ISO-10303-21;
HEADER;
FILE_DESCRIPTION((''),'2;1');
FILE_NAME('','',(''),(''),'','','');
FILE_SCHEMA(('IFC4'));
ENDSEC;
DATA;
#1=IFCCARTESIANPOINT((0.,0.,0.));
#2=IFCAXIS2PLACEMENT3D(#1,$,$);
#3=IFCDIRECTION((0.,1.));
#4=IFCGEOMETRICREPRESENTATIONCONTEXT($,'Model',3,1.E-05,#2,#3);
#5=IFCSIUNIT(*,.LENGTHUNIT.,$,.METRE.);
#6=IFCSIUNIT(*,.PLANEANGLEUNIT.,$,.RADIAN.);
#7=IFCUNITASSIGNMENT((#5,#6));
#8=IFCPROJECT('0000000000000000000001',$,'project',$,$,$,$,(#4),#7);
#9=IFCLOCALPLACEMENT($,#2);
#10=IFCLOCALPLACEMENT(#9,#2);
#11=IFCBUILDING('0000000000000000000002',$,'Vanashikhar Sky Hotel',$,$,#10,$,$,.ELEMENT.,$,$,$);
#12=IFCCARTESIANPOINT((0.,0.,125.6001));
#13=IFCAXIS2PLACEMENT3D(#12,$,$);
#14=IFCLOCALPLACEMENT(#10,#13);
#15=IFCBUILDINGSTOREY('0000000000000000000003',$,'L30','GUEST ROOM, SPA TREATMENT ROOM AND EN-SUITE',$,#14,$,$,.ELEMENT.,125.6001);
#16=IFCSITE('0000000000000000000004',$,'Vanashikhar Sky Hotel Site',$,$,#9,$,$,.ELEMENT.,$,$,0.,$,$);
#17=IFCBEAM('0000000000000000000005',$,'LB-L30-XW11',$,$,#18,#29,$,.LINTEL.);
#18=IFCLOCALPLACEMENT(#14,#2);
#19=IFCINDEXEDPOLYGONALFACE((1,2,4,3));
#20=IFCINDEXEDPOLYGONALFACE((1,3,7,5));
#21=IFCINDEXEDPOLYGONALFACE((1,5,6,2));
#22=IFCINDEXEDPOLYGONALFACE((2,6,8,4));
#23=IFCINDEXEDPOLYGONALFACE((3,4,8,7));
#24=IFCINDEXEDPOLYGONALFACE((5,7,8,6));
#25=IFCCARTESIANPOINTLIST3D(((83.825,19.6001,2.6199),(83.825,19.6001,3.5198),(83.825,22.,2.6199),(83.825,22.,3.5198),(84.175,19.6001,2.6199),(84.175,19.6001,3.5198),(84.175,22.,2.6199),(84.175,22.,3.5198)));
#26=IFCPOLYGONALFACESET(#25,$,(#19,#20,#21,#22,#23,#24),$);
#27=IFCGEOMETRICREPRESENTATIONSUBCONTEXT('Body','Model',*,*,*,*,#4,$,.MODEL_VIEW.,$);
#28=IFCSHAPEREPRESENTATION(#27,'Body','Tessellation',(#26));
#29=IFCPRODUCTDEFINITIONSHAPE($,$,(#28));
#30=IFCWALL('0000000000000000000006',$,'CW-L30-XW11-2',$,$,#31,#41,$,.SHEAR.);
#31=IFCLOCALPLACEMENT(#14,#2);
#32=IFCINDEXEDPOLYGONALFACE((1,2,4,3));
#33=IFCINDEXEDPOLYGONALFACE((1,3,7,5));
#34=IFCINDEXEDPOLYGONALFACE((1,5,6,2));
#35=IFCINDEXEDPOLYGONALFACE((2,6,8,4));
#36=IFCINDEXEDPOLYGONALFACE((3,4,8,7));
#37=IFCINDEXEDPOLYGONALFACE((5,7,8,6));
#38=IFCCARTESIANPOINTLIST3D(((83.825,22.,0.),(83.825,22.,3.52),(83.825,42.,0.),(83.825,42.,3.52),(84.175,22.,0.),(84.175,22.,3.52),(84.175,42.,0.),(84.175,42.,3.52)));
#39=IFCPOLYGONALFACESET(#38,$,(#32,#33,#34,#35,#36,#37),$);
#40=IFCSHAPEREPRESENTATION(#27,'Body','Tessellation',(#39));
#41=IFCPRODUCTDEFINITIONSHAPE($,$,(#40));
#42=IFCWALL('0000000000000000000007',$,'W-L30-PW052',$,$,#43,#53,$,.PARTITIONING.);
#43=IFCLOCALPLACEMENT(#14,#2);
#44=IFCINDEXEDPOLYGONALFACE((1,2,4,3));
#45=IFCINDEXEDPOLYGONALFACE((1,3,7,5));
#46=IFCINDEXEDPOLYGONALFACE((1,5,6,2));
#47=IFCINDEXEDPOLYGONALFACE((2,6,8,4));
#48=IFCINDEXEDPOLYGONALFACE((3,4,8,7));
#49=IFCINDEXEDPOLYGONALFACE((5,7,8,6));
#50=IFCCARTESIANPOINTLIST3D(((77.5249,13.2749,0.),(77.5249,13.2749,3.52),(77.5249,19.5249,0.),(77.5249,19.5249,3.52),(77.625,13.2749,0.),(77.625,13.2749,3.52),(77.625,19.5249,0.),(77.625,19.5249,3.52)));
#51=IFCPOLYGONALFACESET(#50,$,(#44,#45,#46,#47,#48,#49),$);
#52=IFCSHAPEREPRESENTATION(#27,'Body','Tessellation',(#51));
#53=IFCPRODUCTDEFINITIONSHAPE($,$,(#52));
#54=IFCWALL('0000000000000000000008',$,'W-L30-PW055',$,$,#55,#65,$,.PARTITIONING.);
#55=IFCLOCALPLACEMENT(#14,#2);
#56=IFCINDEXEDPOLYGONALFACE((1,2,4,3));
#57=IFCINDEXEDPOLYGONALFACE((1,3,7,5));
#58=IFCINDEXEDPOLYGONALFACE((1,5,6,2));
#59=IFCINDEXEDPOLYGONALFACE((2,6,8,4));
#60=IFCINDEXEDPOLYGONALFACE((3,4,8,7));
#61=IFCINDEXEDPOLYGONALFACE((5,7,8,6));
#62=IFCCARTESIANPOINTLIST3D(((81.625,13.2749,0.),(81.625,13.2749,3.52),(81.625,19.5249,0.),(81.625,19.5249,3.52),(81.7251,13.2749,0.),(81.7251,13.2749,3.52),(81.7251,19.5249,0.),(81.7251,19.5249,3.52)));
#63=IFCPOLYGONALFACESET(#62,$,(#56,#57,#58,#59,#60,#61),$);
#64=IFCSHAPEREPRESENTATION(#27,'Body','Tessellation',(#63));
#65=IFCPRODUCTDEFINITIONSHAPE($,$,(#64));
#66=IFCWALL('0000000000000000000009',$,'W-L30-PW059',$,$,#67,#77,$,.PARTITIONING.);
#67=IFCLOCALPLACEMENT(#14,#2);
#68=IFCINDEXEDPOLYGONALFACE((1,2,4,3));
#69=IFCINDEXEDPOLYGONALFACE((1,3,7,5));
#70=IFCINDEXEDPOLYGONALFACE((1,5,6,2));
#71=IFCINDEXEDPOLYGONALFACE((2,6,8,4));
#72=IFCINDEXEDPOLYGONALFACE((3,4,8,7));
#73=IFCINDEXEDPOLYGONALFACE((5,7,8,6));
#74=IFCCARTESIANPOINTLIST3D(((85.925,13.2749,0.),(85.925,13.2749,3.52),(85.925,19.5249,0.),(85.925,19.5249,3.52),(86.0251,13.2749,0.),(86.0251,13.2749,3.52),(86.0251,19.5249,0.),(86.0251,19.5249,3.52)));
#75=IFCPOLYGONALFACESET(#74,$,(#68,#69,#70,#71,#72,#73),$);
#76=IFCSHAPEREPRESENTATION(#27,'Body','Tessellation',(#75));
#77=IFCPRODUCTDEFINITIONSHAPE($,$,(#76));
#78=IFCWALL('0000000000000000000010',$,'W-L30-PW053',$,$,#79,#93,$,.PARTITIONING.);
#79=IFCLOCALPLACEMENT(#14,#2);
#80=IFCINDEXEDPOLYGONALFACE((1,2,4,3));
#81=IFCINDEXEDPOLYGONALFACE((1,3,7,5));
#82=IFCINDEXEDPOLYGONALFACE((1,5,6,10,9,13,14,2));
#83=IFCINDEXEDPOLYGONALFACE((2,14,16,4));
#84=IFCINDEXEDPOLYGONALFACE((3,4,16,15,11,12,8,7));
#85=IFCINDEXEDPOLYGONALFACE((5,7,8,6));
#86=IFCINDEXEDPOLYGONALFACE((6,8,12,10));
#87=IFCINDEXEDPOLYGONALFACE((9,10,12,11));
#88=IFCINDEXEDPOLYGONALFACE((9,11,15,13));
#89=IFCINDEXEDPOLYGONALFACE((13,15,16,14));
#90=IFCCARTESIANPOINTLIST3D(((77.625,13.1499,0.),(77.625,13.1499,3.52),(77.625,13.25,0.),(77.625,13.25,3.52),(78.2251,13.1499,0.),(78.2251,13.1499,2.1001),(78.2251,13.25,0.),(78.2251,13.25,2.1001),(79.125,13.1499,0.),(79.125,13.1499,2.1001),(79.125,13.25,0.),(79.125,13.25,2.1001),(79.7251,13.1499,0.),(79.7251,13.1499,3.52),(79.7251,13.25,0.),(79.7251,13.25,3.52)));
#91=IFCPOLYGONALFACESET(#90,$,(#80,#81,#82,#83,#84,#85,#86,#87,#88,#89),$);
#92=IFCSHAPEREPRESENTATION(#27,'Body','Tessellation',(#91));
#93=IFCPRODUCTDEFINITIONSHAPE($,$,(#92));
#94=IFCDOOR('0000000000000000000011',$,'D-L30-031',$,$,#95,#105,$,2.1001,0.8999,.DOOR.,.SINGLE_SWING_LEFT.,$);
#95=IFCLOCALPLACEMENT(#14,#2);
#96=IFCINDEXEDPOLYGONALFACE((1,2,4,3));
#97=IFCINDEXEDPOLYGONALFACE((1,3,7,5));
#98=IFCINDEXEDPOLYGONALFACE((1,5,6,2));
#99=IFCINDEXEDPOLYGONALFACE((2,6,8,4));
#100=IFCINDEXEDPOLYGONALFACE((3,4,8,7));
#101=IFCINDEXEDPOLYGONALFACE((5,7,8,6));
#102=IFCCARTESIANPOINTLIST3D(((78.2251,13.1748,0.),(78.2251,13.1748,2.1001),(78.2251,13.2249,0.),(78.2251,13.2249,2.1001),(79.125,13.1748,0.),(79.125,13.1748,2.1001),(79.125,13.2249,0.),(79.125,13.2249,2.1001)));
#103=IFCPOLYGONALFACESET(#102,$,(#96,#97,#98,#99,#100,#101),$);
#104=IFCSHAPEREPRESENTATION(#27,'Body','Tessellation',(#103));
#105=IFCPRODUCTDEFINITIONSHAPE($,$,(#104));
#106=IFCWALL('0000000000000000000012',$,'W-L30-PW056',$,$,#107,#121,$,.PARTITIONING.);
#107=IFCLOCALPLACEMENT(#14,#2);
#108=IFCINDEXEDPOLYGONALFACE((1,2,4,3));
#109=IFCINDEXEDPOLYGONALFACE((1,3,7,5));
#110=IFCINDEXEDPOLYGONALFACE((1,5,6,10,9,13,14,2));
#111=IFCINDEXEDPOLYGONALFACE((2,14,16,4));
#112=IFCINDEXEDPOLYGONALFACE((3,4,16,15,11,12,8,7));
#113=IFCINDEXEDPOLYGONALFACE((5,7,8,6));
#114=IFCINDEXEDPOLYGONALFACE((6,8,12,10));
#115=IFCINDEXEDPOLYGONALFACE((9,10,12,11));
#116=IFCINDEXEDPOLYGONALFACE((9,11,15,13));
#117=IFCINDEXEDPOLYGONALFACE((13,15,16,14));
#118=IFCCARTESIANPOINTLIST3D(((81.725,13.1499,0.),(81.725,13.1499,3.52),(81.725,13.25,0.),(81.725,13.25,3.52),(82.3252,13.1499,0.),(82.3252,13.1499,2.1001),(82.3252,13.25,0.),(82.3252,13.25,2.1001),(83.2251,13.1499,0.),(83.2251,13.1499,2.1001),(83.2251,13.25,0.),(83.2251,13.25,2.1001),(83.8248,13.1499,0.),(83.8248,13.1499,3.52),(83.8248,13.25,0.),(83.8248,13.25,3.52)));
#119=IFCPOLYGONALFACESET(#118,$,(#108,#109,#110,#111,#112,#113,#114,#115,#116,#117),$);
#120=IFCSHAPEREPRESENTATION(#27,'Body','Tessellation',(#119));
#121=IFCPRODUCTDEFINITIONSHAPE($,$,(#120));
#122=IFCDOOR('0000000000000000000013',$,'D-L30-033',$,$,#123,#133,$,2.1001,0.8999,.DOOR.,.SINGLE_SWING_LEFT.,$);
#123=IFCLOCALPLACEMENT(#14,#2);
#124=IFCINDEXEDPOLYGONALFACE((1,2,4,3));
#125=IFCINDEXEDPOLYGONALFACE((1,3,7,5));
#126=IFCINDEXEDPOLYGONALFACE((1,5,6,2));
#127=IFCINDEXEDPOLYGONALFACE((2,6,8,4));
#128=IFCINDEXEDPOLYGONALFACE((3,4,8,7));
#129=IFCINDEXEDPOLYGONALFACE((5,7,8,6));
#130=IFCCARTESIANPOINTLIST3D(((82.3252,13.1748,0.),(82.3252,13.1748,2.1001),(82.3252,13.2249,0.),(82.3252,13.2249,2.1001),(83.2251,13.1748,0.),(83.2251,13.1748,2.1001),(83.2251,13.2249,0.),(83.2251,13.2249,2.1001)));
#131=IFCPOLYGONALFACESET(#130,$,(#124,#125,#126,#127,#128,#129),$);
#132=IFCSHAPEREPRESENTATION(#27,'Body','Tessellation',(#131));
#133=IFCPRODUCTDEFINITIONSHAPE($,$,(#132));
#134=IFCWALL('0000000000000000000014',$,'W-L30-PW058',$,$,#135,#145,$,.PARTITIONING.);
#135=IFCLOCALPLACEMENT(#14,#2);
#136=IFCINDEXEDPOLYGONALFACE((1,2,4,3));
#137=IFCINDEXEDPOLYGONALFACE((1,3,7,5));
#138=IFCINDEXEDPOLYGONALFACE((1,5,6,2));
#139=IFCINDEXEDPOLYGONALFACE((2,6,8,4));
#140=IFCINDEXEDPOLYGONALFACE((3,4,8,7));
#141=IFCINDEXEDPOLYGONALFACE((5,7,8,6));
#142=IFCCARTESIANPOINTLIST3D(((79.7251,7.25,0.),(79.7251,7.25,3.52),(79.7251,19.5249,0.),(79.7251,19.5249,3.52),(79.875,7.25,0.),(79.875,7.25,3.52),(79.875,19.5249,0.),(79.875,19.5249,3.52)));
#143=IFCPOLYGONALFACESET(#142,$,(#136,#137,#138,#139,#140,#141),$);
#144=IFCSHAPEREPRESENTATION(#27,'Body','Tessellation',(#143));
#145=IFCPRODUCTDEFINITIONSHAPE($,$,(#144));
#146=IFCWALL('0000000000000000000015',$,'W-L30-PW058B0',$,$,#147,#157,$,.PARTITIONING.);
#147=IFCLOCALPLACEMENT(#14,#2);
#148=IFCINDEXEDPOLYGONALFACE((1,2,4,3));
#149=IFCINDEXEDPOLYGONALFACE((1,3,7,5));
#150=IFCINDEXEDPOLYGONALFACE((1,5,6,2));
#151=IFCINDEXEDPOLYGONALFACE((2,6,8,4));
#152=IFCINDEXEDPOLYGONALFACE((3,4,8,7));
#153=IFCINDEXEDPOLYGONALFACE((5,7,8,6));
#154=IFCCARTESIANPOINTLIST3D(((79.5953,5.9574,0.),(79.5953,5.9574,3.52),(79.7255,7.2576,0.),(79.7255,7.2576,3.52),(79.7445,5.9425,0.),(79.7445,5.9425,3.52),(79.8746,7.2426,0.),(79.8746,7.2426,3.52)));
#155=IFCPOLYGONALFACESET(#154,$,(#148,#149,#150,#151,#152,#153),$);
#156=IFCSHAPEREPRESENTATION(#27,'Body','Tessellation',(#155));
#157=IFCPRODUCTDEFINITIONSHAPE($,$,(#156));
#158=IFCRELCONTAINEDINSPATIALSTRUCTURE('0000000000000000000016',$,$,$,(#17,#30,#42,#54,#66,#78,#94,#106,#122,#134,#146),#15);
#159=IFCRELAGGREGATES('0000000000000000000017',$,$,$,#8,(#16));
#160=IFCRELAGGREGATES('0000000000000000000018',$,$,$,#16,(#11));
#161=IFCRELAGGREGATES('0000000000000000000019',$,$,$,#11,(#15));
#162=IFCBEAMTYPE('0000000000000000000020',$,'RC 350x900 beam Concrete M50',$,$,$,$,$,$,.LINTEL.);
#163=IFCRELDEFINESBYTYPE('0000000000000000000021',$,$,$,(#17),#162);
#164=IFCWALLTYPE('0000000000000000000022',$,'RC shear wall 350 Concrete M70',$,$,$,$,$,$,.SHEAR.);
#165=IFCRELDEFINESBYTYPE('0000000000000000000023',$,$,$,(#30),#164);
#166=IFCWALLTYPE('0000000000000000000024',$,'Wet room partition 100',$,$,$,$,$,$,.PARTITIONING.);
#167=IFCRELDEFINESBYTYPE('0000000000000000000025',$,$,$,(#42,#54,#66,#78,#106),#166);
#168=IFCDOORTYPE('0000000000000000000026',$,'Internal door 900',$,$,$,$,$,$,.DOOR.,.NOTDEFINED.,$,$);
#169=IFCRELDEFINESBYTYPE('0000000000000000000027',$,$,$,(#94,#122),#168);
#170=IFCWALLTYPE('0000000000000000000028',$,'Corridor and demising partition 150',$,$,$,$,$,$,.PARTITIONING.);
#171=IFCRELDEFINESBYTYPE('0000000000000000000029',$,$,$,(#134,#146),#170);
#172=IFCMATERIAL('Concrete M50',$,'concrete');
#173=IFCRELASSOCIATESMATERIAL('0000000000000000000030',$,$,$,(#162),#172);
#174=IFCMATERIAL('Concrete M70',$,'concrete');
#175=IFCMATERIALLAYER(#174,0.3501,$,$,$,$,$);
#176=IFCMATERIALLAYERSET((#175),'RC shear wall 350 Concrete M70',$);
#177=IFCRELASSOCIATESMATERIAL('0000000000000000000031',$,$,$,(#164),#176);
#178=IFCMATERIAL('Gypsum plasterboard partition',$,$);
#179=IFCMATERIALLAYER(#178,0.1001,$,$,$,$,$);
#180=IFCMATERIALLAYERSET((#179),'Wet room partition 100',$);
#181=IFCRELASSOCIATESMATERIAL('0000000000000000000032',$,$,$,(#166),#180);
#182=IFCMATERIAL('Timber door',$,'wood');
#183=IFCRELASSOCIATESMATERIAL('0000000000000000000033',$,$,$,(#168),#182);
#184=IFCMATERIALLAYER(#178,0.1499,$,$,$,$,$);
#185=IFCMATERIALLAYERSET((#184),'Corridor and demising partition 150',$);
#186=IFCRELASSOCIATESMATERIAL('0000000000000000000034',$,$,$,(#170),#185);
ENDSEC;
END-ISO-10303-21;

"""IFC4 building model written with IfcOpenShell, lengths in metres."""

from ifc_helpers import new_model, si_unit, direction, frame, frame_2d, origin, origin_2d, place, context, subcontext, project, spatial, rectangle, extrude, source, transform, mapped, material, layer, layer_set, material_profile, profile_set, type_object, element, fill, save


model = new_model("IFC4")

# Units and contexts
model_context = context("Model", 3, precision=1e-05, world=origin(), true_north=direction((0.0, 1.0)))
body_context = subcontext(model_context, "Body", "Model", "MODEL_VIEW")
ifc_project = project(units=[si_unit("LENGTHUNIT", "METRE"), si_unit("PLANEANGLEUNIT", "RADIAN")], contexts=[model_context])

# Site, building, storey
site_placement = place(None, origin())
site = spatial("IfcSite", under=ifc_project, at=site_placement, Name="Vanashikhar Sky Hotel Site", CompositionType="ELEMENT", RefElevation=0.0)
building_placement = place(site_placement, origin())
building = spatial("IfcBuilding", under=site, at=building_placement, Name="Vanashikhar Sky Hotel", CompositionType="ELEMENT")
storey_placement = place(building_placement, frame((0.0, 0.0, 125.6001)))
storey = spatial("IfcBuildingStorey", under=building, at=storey_placement, Name="L30", Description="GUEST ROOM, SPA TREATMENT ROOM AND EN-SUITE", CompositionType="ELEMENT", Elevation=125.6001)

# Beam
ifc_material_1 = material(Name="Concrete M50", Category="concrete")
ifc_material_profile = material_profile(ifc_material_1, rectangle(XDim=0.3501, YDim=0.8999, at=origin_2d()))
ifc_profile_set = profile_set([ifc_material_profile], Name="RC 350x900 beam Concrete M50")
beam_type = type_object("IfcBeamType", Name="RC 350x900 beam Concrete M50", PredefinedType="LINTEL", material=ifc_profile_set)
shared_shape_1 = source(origin(), body_context, "Body", "SweptSolid", [
    extrude(rectangle(XDim=0.3501, YDim=0.8999, at=origin_2d()), origin(), (0.0, 0.0, 1.0), 2.3999),
])
beam_placement = place(storey_placement, frame((84.0, 19.6001, 3.0698), z_axis=(0.0, 1.0, 0.0), x_axis=(-1.0, 0.0, 0.0)))
element("IfcBeam", 1, at=beam_placement, inside=storey, type_object=beam_type, Name="LB-L30-XW11", PredefinedType="LINTEL", context=body_context, shape_type="MappedRepresentation", body=[
    mapped(shared_shape_1, transform((0.0, 0.0, 0.0), scale=1.0)),
])

# Walls
ifc_material_2 = material(Name="Concrete M70", Category="concrete")
ifc_layer_1 = layer(ifc_material_2, 0.3501)
ifc_layer_set_1 = layer_set([ifc_layer_1], Name="RC shear wall 350 Concrete M70")
wall_type_1 = type_object("IfcWallType", Name="RC shear wall 350 Concrete M70", PredefinedType="SHEAR", material=ifc_layer_set_1)
shared_shape_2 = source(origin(), body_context, "Body", "SweptSolid", [
    extrude(rectangle(XDim=20.0, YDim=0.3501, at=frame_2d((10.0, 0.0))), origin(), (0.0, 0.0, 1.0), 3.52),
])
wall_1_placement = place(storey_placement, frame((84.0, 22.0, 0.0), z_axis=(0.0, 0.0, 1.0), x_axis=(0.0, 1.0, 0.0)))
element("IfcWall", 2, at=wall_1_placement, inside=storey, type_object=wall_type_1, Name="CW-L30-XW11-2", PredefinedType="SHEAR", context=body_context, shape_type="MappedRepresentation", body=[
    mapped(shared_shape_2, transform((0.0, 0.0, 0.0), scale=1.0)),
])
ifc_material_3 = material(Name="Gypsum plasterboard partition")
ifc_layer_2 = layer(ifc_material_3, 0.1001)
ifc_layer_set_2 = layer_set([ifc_layer_2], Name="Wet room partition 100")
wall_type_2 = type_object("IfcWallType", Name="Wet room partition 100", PredefinedType="PARTITIONING", material=ifc_layer_set_2)
shared_shape_3 = source(origin(), body_context, "Body", "SweptSolid", [
    extrude(rectangle(XDim=6.25, YDim=0.1001, at=frame_2d((3.125, 0.0))), origin(), (0.0, 0.0, 1.0), 3.52),
])
for number, where, z_axis, x_axis, name in (
    (3, (77.575, 13.2749, 0.0), (0.0, 0.0, 1.0), (0.0, 1.0, 0.0), "W-L30-PW052"),
    (4, (81.675, 13.2749, 0.0), (0.0, 0.0, 1.0), (0.0, 1.0, 0.0), "W-L30-PW055"),
    (5, (85.9751, 13.2749, 0.0), (0.0, 0.0, 1.0), (0.0, 1.0, 0.0), "W-L30-PW059"),
):
    element("IfcWall", number, at=place(storey_placement, frame(where, z_axis=z_axis, x_axis=x_axis)), inside=storey, type_object=wall_type_2, Name=name, PredefinedType="PARTITIONING", context=body_context, shape_type="MappedRepresentation", body=[
        mapped(shared_shape_3, transform((0.0, 0.0, 0.0), scale=1.0)),
    ])

# Walls, openings, doors
shared_shape_4 = source(origin(), body_context, "Body", "SweptSolid", [
    extrude(rectangle(XDim=2.1001, YDim=0.1001, at=frame_2d((1.05, 0.0))), origin(), (0.0, 0.0, 1.0), 3.52),
])
wall_2_placement = place(storey_placement, frame((77.625, 13.2, 0.0), z_axis=(0.0, 0.0, 1.0), x_axis=(1.0, 0.0, 0.0)))
wall_2 = element("IfcWall", 6, at=wall_2_placement, inside=storey, type_object=wall_type_2, Name="W-L30-PW053", PredefinedType="PARTITIONING", context=body_context, shape_type="MappedRepresentation", body=[
    mapped(shared_shape_4, transform((0.0, 0.0, 0.0), scale=1.0)),
])
shared_shape_5 = source(origin(), body_context, "Body", "SweptSolid", [
    extrude(rectangle(XDim=0.8999, YDim=2.1001, at=frame_2d((0.45, 1.05))), frame((0.0, 0.0601, 0.0), z_axis=(0.0, -1.0, 0.0), x_axis=(1.0, 0.0, 0.0)), (0.0, 0.0, 1.0), 0.1201),
])
opening_1_placement = place(wall_2_placement, frame((0.6001, 0.0, 0.0)))
opening_1 = element("IfcOpeningElement", 7, at=opening_1_placement, cuts=wall_2, PredefinedType="OPENING", context=body_context, shape_type="MappedRepresentation", body=[
    mapped(shared_shape_5, transform((0.0, 0.0, 0.0), scale=1.0)),
])
ifc_material_4 = material(Name="Timber door", Category="wood")
door_type_1 = type_object("IfcDoorType", Name="Internal door 900", OperationType="NOTDEFINED", PredefinedType="DOOR", material=ifc_material_4)
shared_shape_6 = source(origin(), body_context, "Body", "SweptSolid", [
    extrude(rectangle(XDim=0.8999, YDim=2.1001, at=frame_2d((0.45, 1.05))), frame((0.0, 0.0249, 0.0), z_axis=(0.0, -1.0, 0.0), x_axis=(1.0, 0.0, 0.0)), (0.0, 0.0, 1.0), 0.05),
])
door_1_placement = place(opening_1_placement, origin())
door_1 = element("IfcDoor", 8, at=door_1_placement, inside=storey, type_object=door_type_1, Name="D-L30-031", OperationType="SINGLE_SWING_LEFT", OverallHeight=2.1001, OverallWidth=0.8999, PredefinedType="DOOR", context=body_context, shape_type="MappedRepresentation", body=[
    mapped(shared_shape_6, transform((0.0, 0.0, 0.0), scale=1.0)),
])
fill(opening_1, door_1)
shared_shape_7 = source(origin(), body_context, "Body", "SweptSolid", [
    extrude(rectangle(XDim=2.0999, YDim=0.1001, at=frame_2d((1.0498, 0.0))), origin(), (0.0, 0.0, 1.0), 3.52),
])
wall_3_placement = place(storey_placement, frame((81.7251, 13.2, 0.0), z_axis=(0.0, 0.0, 1.0), x_axis=(1.0, 0.0, 0.0)))
wall_3 = element("IfcWall", 9, at=wall_3_placement, inside=storey, type_object=wall_type_2, Name="W-L30-PW056", PredefinedType="PARTITIONING", context=body_context, shape_type="MappedRepresentation", body=[
    mapped(shared_shape_7, transform((0.0, 0.0, 0.0), scale=1.0)),
])
opening_2_placement = place(wall_3_placement, frame((0.6001, 0.0, 0.0)))
opening_2 = element("IfcOpeningElement", 10, at=opening_2_placement, cuts=wall_3, PredefinedType="OPENING", context=body_context, shape_type="MappedRepresentation", body=[
    mapped(shared_shape_5, transform((0.0, 0.0, 0.0), scale=1.0)),
])
door_2_placement = place(opening_2_placement, origin())
door_2 = element("IfcDoor", 11, at=door_2_placement, inside=storey, type_object=door_type_1, Name="D-L30-033", OperationType="SINGLE_SWING_LEFT", OverallHeight=2.1001, OverallWidth=0.8999, PredefinedType="DOOR", context=body_context, shape_type="MappedRepresentation", body=[
    mapped(shared_shape_6, transform((0.0, 0.0, 0.0), scale=1.0)),
])
fill(opening_2, door_2)

# Walls
ifc_layer_3 = layer(ifc_material_3, 0.1499)
ifc_layer_set_3 = layer_set([ifc_layer_3], Name="Corridor and demising partition 150")
wall_type_3 = type_object("IfcWallType", Name="Corridor and demising partition 150", PredefinedType="PARTITIONING", material=ifc_layer_set_3)
shared_shape_8 = source(origin(), body_context, "Body", "SweptSolid", [
    extrude(rectangle(XDim=12.2749, YDim=0.1499, at=frame_2d((6.1375, 0.0))), origin(), (0.0, 0.0, 1.0), 3.52),
])
wall_4_placement = place(storey_placement, frame((79.8, 7.25, 0.0), z_axis=(0.0, 0.0, 1.0), x_axis=(0.0, 1.0, 0.0)))
element("IfcWall", 12, at=wall_4_placement, inside=storey, type_object=wall_type_3, Name="W-L30-PW058", PredefinedType="PARTITIONING", context=body_context, shape_type="MappedRepresentation", body=[
    mapped(shared_shape_8, transform((0.0, 0.0, 0.0), scale=1.0)),
])
shared_shape_9 = source(origin(), body_context, "Body", "SweptSolid", [
    extrude(rectangle(XDim=1.3066, YDim=0.1499, at=frame_2d((0.6533, 0.0))), origin(), (0.0, 0.0, 1.0), 3.52),
])
wall_5_placement = place(storey_placement, frame((79.6699, 5.95, 0.0), z_axis=(0.0, 0.0, 1.0), x_axis=(0.099596, 0.995028, 0.0)))
element("IfcWall", 13, at=wall_5_placement, inside=storey, type_object=wall_type_3, Name="W-L30-PW058B0", PredefinedType="PARTITIONING", context=body_context, shape_type="MappedRepresentation", body=[
    mapped(shared_shape_9, transform((0.0, 0.0, 0.0), scale=1.0)),
])

save(model, "model.ifc")
